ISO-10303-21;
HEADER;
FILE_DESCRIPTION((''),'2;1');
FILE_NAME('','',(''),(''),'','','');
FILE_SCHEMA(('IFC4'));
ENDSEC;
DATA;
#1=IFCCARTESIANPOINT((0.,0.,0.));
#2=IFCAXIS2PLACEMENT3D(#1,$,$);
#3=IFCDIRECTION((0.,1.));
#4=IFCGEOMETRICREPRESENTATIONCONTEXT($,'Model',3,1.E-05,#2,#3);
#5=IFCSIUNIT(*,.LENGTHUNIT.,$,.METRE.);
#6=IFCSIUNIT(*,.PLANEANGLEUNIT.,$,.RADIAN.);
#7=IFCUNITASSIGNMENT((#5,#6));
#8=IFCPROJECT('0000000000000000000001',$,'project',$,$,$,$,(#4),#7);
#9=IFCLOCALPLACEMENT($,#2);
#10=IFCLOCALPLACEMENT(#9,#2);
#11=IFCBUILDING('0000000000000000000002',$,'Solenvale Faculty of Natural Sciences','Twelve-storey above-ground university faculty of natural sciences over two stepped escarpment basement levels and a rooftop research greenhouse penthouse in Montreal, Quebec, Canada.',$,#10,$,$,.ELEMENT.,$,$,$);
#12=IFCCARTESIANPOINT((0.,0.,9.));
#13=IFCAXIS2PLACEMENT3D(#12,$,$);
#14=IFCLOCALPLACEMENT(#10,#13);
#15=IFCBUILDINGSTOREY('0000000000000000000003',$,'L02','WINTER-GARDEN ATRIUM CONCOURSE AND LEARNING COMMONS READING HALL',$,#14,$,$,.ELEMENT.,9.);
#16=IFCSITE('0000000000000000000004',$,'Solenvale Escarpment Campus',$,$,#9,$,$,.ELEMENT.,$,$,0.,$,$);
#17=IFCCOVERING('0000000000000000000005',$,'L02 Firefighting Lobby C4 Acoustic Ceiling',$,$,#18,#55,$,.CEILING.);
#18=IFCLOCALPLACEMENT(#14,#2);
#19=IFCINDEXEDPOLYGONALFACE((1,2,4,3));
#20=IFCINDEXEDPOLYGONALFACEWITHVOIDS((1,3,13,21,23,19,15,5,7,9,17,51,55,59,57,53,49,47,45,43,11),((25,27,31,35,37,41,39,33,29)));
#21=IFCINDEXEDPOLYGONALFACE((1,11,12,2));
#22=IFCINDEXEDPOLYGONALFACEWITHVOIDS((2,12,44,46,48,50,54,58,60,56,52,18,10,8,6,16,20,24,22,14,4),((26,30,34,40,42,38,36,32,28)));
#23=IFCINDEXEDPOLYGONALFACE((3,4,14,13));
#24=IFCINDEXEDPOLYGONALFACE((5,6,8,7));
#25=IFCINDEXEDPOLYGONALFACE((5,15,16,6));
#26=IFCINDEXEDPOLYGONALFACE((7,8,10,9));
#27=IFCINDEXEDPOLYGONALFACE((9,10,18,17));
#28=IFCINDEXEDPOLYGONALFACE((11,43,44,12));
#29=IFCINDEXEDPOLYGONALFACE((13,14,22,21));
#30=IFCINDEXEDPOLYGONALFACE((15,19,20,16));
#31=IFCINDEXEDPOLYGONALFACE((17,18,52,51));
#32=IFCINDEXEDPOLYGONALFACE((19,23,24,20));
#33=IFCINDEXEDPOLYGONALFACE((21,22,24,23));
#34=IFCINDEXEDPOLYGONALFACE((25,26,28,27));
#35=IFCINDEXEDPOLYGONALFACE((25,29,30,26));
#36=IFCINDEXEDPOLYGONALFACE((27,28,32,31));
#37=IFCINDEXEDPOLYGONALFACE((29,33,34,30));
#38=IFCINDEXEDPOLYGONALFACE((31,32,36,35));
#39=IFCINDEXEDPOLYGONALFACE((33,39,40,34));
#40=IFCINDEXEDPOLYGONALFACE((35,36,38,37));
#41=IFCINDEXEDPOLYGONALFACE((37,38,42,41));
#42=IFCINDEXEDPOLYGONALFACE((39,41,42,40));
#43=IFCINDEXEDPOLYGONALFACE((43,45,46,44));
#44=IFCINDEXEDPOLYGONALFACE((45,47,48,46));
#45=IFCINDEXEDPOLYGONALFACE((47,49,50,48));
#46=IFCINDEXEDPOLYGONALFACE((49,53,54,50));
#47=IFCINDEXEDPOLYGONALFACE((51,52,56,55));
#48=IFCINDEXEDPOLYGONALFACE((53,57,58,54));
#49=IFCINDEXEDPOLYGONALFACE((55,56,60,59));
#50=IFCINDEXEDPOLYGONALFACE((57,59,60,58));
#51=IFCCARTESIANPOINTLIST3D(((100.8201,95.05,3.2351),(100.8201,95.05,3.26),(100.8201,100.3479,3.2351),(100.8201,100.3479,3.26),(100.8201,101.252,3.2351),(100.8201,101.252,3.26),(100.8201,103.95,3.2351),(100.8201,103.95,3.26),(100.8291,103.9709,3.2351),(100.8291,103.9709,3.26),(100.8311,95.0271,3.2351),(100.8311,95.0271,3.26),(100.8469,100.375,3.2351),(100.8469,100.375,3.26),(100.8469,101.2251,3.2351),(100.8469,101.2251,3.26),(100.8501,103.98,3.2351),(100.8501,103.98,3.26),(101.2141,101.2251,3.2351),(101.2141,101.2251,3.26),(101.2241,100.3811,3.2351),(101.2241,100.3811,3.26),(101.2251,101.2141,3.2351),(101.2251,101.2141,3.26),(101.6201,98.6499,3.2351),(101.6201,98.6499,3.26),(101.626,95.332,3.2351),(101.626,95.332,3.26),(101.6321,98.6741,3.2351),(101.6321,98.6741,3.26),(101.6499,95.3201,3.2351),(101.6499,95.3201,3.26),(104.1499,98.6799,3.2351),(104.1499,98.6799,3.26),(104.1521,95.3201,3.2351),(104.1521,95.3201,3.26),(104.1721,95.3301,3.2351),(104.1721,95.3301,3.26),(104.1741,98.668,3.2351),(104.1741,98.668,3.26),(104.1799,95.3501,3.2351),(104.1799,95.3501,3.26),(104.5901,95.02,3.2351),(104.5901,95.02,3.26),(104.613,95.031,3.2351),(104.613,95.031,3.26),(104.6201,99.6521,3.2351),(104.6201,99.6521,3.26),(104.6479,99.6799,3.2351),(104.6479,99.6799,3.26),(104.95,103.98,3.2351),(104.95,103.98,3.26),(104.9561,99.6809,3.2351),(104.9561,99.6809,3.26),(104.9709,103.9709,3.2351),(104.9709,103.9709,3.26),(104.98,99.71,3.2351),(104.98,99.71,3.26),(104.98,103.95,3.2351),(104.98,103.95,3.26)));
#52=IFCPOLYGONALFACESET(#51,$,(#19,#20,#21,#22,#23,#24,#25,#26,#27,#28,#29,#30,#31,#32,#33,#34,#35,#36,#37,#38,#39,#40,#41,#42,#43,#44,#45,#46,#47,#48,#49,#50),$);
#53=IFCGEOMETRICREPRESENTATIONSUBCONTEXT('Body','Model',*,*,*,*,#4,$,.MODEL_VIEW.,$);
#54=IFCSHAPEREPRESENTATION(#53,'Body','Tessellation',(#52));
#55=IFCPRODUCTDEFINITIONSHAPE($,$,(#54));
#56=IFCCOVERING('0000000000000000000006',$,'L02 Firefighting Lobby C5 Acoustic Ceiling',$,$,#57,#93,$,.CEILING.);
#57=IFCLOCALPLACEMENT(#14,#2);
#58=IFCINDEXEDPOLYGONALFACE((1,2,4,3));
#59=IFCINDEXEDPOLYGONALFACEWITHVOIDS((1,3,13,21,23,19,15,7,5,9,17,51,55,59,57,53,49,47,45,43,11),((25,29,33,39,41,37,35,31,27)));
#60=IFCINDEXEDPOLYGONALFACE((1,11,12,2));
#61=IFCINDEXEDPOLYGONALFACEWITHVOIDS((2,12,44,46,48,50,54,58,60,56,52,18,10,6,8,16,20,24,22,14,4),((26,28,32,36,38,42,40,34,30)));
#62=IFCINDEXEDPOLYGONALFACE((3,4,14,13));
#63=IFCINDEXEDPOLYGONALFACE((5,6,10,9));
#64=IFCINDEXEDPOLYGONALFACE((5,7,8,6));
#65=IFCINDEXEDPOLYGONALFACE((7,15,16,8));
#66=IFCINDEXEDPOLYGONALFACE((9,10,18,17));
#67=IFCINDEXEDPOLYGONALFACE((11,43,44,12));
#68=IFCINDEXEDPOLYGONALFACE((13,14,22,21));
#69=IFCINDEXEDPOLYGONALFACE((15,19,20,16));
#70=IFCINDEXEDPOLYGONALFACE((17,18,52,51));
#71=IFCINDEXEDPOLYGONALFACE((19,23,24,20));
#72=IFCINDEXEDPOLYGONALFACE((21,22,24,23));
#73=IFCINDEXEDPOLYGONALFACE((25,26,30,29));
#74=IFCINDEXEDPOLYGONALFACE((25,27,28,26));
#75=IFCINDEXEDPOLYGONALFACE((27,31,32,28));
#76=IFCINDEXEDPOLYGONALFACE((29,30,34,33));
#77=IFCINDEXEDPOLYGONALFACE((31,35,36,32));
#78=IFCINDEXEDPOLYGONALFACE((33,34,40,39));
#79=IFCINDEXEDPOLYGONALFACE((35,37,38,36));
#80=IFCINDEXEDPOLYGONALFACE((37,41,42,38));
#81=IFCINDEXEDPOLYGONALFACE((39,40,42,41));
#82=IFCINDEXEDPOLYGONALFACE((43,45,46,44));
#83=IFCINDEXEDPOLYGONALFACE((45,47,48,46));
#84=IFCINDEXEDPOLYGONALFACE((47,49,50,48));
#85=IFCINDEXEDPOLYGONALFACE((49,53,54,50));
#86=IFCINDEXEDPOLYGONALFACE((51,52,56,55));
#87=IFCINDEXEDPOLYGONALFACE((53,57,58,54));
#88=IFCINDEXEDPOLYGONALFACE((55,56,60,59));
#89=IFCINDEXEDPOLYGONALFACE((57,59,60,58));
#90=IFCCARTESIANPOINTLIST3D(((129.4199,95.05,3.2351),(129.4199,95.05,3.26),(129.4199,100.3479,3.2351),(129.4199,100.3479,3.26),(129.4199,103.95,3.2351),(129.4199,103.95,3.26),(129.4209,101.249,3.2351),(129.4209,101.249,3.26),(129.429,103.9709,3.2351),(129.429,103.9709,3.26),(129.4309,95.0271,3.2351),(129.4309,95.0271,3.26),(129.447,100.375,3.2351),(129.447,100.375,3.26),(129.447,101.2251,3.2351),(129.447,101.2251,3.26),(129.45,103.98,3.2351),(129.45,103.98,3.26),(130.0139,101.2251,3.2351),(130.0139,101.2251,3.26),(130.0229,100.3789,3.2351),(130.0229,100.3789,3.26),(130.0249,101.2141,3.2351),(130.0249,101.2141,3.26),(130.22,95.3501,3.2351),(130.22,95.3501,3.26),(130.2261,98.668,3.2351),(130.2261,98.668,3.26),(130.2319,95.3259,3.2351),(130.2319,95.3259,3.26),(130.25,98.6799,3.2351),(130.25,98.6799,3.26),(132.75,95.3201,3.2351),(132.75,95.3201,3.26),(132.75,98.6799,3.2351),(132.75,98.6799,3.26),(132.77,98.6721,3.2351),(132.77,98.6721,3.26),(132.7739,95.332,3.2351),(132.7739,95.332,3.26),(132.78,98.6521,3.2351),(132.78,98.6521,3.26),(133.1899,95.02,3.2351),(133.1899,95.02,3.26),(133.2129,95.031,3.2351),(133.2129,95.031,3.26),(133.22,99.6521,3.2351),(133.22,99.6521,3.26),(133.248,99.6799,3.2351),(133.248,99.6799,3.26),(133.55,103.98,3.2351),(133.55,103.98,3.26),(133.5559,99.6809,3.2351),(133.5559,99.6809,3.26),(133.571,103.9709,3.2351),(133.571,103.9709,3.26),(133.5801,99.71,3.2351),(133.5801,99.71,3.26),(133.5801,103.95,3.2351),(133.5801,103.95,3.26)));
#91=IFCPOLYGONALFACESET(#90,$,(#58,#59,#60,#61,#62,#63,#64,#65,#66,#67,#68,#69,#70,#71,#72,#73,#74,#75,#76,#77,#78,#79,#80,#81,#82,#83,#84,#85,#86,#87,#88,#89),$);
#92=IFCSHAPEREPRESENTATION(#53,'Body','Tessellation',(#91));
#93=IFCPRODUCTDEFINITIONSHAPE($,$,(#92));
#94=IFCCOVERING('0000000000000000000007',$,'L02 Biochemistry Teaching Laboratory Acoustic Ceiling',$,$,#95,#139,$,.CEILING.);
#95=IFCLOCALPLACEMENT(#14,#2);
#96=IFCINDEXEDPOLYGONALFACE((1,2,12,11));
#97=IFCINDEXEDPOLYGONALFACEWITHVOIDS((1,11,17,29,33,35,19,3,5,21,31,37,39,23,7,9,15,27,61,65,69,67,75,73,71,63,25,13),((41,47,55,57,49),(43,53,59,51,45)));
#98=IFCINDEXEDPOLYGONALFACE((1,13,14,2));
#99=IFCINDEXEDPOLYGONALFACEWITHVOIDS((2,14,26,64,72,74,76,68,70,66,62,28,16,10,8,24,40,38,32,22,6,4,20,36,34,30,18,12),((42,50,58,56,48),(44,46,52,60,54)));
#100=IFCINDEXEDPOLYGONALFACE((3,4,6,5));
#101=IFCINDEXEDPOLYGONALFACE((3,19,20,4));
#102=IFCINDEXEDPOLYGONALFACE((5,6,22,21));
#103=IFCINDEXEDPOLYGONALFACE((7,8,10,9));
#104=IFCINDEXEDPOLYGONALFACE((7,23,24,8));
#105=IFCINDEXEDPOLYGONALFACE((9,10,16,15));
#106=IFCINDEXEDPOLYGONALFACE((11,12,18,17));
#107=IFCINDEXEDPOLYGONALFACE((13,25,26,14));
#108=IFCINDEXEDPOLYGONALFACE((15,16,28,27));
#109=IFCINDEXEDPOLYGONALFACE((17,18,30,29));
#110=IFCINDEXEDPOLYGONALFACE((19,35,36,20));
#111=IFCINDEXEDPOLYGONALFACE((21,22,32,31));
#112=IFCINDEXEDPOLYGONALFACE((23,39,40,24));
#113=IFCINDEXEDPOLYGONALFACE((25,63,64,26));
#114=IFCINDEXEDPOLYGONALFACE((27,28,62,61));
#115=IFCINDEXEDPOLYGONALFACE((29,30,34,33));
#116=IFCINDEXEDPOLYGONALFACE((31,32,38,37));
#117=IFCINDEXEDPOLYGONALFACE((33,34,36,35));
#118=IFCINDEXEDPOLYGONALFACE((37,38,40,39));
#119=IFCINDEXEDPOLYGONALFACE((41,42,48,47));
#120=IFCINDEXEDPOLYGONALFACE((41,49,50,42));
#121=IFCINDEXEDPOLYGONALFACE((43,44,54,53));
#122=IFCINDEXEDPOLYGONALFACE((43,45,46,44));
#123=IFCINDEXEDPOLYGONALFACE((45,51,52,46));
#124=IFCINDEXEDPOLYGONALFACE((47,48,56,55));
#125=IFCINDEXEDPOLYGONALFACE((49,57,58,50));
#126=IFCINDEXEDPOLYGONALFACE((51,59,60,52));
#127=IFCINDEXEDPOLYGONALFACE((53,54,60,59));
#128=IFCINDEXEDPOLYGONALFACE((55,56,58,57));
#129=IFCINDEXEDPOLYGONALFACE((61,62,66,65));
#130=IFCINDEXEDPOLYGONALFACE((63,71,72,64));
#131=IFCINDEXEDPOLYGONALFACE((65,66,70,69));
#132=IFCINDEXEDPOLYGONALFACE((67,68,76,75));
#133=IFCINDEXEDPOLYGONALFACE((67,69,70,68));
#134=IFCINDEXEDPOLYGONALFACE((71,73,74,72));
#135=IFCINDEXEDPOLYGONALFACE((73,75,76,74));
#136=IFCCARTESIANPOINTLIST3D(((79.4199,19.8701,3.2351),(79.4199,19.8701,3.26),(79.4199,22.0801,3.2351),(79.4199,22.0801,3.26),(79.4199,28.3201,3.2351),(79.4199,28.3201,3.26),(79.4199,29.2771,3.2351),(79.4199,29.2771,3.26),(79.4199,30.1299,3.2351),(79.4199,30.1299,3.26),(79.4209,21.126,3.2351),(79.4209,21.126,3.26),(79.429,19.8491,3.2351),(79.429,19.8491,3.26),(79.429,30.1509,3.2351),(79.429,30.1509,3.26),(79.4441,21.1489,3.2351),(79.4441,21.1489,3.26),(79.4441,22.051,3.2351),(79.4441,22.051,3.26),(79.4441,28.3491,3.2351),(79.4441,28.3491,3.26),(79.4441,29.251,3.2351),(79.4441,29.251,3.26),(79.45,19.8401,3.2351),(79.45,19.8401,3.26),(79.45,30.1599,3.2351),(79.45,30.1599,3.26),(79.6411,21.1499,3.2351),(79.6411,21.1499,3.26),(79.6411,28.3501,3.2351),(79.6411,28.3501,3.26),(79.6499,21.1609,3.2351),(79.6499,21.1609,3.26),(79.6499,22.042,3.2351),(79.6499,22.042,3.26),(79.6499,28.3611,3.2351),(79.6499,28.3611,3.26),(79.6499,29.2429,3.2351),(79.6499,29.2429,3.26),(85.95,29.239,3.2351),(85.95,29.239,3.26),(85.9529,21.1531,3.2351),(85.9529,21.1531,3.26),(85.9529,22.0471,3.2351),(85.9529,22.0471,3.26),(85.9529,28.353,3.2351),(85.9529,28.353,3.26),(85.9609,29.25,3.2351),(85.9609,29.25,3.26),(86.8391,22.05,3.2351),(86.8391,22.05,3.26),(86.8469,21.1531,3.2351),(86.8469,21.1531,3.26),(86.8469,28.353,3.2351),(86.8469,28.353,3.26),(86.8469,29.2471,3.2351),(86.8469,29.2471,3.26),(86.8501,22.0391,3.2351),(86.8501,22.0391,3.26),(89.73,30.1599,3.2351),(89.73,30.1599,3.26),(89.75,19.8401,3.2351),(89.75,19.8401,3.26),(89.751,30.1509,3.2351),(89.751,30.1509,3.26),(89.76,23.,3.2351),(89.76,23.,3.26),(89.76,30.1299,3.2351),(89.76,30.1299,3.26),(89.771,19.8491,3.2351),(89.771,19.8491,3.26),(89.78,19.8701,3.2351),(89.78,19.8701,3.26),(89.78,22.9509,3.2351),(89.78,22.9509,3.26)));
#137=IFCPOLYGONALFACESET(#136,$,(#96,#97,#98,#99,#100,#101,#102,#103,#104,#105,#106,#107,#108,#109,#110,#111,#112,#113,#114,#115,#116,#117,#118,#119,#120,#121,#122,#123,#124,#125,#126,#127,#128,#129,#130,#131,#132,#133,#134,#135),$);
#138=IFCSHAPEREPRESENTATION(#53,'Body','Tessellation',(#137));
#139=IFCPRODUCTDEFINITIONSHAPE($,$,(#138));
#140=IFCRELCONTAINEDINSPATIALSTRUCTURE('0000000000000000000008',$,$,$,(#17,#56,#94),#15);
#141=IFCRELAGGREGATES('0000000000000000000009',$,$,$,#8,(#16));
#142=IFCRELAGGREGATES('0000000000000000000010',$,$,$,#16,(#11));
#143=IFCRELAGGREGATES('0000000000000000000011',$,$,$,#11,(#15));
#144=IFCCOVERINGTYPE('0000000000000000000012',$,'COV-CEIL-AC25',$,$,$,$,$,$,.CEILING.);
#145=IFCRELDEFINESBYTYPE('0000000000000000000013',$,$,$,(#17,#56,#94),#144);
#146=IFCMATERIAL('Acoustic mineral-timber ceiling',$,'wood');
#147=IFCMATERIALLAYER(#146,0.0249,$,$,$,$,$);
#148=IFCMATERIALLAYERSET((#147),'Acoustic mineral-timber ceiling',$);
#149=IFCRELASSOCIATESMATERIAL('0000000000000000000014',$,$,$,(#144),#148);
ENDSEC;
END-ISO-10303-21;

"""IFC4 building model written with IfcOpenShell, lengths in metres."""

from ifc_helpers import new_model, si_unit, direction, frame, origin, place, context, subcontext, project, spatial, polyline, outline, extrude, material, layer, layer_set, type_object, element, save


model = new_model("IFC4")

# Units and contexts
model_context = context("Model", 3, precision=1e-05, world=origin(), true_north=direction((0.0, 1.0)))
body_context = subcontext(model_context, "Body", "Model", "MODEL_VIEW")
ifc_project = project(units=[si_unit("LENGTHUNIT", "METRE"), si_unit("PLANEANGLEUNIT", "RADIAN")], contexts=[model_context])

# Site, building, storey
site_placement = place(None, origin())
site = spatial("IfcSite", under=ifc_project, at=site_placement, Name="Solenvale Escarpment Campus", CompositionType="ELEMENT", RefElevation=0.0)
building_placement = place(site_placement, origin())
building = spatial("IfcBuilding", under=site, at=building_placement, Name="Solenvale Faculty of Natural Sciences", Description="Twelve-storey above-ground university faculty of natural sciences over two stepped escarpment basement levels and a rooftop research greenhouse penthouse in Montreal, Quebec, Canada.", CompositionType="ELEMENT")
storey_placement = place(building_placement, frame((0.0, 0.0, 9.0)))
storey = spatial("IfcBuildingStorey", under=building, at=storey_placement, Name="L02", Description="WINTER-GARDEN ATRIUM CONCOURSE AND LEARNING COMMONS READING HALL", CompositionType="ELEMENT", Elevation=9.0)

# Coverings
ifc_material_1 = material(Name="Acoustic mineral-timber ceiling", Category="wood")
ifc_layer_1 = layer(ifc_material_1, 0.0249)
ifc_layer_set_1 = layer_set([ifc_layer_1], Name="Acoustic mineral-timber ceiling")
covering_type_1 = type_object("IfcCoveringType", Name="COV-CEIL-AC25", PredefinedType="CEILING", material=ifc_layer_set_1)
covering_1_placement = place(storey_placement, frame((0.0, 0.0, 3.2351)))
element("IfcCovering", 1, at=covering_1_placement, inside=storey, type_object=covering_type_1, Name="L02 Firefighting Lobby C4 Acoustic Ceiling", PredefinedType="CEILING", context=body_context, shape_type="SweptSolid", body=[
    extrude(outline(polyline([(104.98, 99.71), (104.9561, 99.6809), (104.6479, 99.6799), (104.6201, 99.6521), (104.613, 95.031), (104.5901, 95.02), (100.8311, 95.0271), (100.8201, 95.05), (100.8201, 100.3479), (100.8469, 100.375), (101.2241, 100.3811), (101.2251, 101.2141), (101.2141, 101.2251), (100.8469, 101.2251), (100.8201, 101.252), (100.8201, 103.95), (100.8291, 103.9709), (100.8501, 103.98), (104.95, 103.98), (104.9709, 103.9709), (104.98, 103.95), (104.98, 99.71)]), holes=[polyline([(104.1521, 95.3201), (104.1721, 95.3301), (104.1799, 95.3501), (104.1741, 98.668), (104.1499, 98.6799), (101.6321, 98.6741), (101.6201, 98.6499), (101.626, 95.332), (101.6499, 95.3201), (104.1521, 95.3201)])]), origin(), (0.0, 0.0, 1.0), 0.0249),
])
covering_2_placement = place(storey_placement, frame((0.0, 0.0, 3.2351)))
element("IfcCovering", 2, at=covering_2_placement, inside=storey, type_object=covering_type_1, Name="L02 Firefighting Lobby C5 Acoustic Ceiling", PredefinedType="CEILING", context=body_context, shape_type="SweptSolid", body=[
    extrude(outline(polyline([(133.5801, 99.71), (133.5559, 99.6809), (133.248, 99.6799), (133.22, 99.6521), (133.2129, 95.031), (133.1899, 95.02), (129.4309, 95.0271), (129.4199, 95.05), (129.4199, 100.3479), (129.447, 100.375), (130.0229, 100.3789), (130.0249, 101.2141), (130.0139, 101.2251), (129.447, 101.2251), (129.4209, 101.249), (129.4199, 103.95), (129.429, 103.9709), (129.45, 103.98), (133.55, 103.98), (133.571, 103.9709), (133.5801, 103.95), (133.5801, 99.71)]), holes=[polyline([(132.78, 98.6521), (132.77, 98.6721), (132.75, 98.6799), (130.25, 98.6799), (130.2261, 98.668), (130.22, 95.3501), (130.2319, 95.3259), (132.75, 95.3201), (132.7739, 95.332), (132.78, 98.6521)])]), origin(), (0.0, 0.0, 1.0), 0.0249),
])
covering_3_placement = place(storey_placement, frame((0.0, 0.0, 3.2351)))
element("IfcCovering", 3, at=covering_3_placement, inside=storey, type_object=covering_type_1, Name="L02 Biochemistry Teaching Laboratory Acoustic Ceiling", PredefinedType="CEILING", context=body_context, shape_type="SweptSolid", body=[
    extrude(outline(polyline([(89.73, 30.1599), (89.751, 30.1509), (89.76, 30.1299), (89.76, 23.0), (89.78, 22.9509), (89.78, 19.8701), (89.771, 19.8491), (89.75, 19.8401), (79.45, 19.8401), (79.429, 19.8491), (79.4199, 19.8701), (79.4209, 21.126), (79.4441, 21.1489), (79.6411, 21.1499), (79.6499, 21.1609), (79.6499, 22.042), (79.4441, 22.051), (79.4199, 22.0801), (79.4199, 28.3201), (79.4441, 28.3491), (79.6411, 28.3501), (79.6499, 28.3611), (79.6499, 29.2429), (79.4441, 29.251), (79.4199, 29.2771), (79.4199, 30.1299), (79.429, 30.1509), (79.45, 30.1599), (89.73, 30.1599)]), holes=[polyline([(85.9609, 29.25), (85.95, 29.239), (85.9529, 28.353), (86.8469, 28.353), (86.8469, 29.2471), (85.9609, 29.25)]), polyline([(86.8501, 22.0391), (86.8391, 22.05), (85.9529, 22.0471), (85.9529, 21.1531), (86.8469, 21.1531), (86.8501, 22.0391)])]), origin(), (0.0, 0.0, 1.0), 0.0249),
])

save(model, "model.ifc")
